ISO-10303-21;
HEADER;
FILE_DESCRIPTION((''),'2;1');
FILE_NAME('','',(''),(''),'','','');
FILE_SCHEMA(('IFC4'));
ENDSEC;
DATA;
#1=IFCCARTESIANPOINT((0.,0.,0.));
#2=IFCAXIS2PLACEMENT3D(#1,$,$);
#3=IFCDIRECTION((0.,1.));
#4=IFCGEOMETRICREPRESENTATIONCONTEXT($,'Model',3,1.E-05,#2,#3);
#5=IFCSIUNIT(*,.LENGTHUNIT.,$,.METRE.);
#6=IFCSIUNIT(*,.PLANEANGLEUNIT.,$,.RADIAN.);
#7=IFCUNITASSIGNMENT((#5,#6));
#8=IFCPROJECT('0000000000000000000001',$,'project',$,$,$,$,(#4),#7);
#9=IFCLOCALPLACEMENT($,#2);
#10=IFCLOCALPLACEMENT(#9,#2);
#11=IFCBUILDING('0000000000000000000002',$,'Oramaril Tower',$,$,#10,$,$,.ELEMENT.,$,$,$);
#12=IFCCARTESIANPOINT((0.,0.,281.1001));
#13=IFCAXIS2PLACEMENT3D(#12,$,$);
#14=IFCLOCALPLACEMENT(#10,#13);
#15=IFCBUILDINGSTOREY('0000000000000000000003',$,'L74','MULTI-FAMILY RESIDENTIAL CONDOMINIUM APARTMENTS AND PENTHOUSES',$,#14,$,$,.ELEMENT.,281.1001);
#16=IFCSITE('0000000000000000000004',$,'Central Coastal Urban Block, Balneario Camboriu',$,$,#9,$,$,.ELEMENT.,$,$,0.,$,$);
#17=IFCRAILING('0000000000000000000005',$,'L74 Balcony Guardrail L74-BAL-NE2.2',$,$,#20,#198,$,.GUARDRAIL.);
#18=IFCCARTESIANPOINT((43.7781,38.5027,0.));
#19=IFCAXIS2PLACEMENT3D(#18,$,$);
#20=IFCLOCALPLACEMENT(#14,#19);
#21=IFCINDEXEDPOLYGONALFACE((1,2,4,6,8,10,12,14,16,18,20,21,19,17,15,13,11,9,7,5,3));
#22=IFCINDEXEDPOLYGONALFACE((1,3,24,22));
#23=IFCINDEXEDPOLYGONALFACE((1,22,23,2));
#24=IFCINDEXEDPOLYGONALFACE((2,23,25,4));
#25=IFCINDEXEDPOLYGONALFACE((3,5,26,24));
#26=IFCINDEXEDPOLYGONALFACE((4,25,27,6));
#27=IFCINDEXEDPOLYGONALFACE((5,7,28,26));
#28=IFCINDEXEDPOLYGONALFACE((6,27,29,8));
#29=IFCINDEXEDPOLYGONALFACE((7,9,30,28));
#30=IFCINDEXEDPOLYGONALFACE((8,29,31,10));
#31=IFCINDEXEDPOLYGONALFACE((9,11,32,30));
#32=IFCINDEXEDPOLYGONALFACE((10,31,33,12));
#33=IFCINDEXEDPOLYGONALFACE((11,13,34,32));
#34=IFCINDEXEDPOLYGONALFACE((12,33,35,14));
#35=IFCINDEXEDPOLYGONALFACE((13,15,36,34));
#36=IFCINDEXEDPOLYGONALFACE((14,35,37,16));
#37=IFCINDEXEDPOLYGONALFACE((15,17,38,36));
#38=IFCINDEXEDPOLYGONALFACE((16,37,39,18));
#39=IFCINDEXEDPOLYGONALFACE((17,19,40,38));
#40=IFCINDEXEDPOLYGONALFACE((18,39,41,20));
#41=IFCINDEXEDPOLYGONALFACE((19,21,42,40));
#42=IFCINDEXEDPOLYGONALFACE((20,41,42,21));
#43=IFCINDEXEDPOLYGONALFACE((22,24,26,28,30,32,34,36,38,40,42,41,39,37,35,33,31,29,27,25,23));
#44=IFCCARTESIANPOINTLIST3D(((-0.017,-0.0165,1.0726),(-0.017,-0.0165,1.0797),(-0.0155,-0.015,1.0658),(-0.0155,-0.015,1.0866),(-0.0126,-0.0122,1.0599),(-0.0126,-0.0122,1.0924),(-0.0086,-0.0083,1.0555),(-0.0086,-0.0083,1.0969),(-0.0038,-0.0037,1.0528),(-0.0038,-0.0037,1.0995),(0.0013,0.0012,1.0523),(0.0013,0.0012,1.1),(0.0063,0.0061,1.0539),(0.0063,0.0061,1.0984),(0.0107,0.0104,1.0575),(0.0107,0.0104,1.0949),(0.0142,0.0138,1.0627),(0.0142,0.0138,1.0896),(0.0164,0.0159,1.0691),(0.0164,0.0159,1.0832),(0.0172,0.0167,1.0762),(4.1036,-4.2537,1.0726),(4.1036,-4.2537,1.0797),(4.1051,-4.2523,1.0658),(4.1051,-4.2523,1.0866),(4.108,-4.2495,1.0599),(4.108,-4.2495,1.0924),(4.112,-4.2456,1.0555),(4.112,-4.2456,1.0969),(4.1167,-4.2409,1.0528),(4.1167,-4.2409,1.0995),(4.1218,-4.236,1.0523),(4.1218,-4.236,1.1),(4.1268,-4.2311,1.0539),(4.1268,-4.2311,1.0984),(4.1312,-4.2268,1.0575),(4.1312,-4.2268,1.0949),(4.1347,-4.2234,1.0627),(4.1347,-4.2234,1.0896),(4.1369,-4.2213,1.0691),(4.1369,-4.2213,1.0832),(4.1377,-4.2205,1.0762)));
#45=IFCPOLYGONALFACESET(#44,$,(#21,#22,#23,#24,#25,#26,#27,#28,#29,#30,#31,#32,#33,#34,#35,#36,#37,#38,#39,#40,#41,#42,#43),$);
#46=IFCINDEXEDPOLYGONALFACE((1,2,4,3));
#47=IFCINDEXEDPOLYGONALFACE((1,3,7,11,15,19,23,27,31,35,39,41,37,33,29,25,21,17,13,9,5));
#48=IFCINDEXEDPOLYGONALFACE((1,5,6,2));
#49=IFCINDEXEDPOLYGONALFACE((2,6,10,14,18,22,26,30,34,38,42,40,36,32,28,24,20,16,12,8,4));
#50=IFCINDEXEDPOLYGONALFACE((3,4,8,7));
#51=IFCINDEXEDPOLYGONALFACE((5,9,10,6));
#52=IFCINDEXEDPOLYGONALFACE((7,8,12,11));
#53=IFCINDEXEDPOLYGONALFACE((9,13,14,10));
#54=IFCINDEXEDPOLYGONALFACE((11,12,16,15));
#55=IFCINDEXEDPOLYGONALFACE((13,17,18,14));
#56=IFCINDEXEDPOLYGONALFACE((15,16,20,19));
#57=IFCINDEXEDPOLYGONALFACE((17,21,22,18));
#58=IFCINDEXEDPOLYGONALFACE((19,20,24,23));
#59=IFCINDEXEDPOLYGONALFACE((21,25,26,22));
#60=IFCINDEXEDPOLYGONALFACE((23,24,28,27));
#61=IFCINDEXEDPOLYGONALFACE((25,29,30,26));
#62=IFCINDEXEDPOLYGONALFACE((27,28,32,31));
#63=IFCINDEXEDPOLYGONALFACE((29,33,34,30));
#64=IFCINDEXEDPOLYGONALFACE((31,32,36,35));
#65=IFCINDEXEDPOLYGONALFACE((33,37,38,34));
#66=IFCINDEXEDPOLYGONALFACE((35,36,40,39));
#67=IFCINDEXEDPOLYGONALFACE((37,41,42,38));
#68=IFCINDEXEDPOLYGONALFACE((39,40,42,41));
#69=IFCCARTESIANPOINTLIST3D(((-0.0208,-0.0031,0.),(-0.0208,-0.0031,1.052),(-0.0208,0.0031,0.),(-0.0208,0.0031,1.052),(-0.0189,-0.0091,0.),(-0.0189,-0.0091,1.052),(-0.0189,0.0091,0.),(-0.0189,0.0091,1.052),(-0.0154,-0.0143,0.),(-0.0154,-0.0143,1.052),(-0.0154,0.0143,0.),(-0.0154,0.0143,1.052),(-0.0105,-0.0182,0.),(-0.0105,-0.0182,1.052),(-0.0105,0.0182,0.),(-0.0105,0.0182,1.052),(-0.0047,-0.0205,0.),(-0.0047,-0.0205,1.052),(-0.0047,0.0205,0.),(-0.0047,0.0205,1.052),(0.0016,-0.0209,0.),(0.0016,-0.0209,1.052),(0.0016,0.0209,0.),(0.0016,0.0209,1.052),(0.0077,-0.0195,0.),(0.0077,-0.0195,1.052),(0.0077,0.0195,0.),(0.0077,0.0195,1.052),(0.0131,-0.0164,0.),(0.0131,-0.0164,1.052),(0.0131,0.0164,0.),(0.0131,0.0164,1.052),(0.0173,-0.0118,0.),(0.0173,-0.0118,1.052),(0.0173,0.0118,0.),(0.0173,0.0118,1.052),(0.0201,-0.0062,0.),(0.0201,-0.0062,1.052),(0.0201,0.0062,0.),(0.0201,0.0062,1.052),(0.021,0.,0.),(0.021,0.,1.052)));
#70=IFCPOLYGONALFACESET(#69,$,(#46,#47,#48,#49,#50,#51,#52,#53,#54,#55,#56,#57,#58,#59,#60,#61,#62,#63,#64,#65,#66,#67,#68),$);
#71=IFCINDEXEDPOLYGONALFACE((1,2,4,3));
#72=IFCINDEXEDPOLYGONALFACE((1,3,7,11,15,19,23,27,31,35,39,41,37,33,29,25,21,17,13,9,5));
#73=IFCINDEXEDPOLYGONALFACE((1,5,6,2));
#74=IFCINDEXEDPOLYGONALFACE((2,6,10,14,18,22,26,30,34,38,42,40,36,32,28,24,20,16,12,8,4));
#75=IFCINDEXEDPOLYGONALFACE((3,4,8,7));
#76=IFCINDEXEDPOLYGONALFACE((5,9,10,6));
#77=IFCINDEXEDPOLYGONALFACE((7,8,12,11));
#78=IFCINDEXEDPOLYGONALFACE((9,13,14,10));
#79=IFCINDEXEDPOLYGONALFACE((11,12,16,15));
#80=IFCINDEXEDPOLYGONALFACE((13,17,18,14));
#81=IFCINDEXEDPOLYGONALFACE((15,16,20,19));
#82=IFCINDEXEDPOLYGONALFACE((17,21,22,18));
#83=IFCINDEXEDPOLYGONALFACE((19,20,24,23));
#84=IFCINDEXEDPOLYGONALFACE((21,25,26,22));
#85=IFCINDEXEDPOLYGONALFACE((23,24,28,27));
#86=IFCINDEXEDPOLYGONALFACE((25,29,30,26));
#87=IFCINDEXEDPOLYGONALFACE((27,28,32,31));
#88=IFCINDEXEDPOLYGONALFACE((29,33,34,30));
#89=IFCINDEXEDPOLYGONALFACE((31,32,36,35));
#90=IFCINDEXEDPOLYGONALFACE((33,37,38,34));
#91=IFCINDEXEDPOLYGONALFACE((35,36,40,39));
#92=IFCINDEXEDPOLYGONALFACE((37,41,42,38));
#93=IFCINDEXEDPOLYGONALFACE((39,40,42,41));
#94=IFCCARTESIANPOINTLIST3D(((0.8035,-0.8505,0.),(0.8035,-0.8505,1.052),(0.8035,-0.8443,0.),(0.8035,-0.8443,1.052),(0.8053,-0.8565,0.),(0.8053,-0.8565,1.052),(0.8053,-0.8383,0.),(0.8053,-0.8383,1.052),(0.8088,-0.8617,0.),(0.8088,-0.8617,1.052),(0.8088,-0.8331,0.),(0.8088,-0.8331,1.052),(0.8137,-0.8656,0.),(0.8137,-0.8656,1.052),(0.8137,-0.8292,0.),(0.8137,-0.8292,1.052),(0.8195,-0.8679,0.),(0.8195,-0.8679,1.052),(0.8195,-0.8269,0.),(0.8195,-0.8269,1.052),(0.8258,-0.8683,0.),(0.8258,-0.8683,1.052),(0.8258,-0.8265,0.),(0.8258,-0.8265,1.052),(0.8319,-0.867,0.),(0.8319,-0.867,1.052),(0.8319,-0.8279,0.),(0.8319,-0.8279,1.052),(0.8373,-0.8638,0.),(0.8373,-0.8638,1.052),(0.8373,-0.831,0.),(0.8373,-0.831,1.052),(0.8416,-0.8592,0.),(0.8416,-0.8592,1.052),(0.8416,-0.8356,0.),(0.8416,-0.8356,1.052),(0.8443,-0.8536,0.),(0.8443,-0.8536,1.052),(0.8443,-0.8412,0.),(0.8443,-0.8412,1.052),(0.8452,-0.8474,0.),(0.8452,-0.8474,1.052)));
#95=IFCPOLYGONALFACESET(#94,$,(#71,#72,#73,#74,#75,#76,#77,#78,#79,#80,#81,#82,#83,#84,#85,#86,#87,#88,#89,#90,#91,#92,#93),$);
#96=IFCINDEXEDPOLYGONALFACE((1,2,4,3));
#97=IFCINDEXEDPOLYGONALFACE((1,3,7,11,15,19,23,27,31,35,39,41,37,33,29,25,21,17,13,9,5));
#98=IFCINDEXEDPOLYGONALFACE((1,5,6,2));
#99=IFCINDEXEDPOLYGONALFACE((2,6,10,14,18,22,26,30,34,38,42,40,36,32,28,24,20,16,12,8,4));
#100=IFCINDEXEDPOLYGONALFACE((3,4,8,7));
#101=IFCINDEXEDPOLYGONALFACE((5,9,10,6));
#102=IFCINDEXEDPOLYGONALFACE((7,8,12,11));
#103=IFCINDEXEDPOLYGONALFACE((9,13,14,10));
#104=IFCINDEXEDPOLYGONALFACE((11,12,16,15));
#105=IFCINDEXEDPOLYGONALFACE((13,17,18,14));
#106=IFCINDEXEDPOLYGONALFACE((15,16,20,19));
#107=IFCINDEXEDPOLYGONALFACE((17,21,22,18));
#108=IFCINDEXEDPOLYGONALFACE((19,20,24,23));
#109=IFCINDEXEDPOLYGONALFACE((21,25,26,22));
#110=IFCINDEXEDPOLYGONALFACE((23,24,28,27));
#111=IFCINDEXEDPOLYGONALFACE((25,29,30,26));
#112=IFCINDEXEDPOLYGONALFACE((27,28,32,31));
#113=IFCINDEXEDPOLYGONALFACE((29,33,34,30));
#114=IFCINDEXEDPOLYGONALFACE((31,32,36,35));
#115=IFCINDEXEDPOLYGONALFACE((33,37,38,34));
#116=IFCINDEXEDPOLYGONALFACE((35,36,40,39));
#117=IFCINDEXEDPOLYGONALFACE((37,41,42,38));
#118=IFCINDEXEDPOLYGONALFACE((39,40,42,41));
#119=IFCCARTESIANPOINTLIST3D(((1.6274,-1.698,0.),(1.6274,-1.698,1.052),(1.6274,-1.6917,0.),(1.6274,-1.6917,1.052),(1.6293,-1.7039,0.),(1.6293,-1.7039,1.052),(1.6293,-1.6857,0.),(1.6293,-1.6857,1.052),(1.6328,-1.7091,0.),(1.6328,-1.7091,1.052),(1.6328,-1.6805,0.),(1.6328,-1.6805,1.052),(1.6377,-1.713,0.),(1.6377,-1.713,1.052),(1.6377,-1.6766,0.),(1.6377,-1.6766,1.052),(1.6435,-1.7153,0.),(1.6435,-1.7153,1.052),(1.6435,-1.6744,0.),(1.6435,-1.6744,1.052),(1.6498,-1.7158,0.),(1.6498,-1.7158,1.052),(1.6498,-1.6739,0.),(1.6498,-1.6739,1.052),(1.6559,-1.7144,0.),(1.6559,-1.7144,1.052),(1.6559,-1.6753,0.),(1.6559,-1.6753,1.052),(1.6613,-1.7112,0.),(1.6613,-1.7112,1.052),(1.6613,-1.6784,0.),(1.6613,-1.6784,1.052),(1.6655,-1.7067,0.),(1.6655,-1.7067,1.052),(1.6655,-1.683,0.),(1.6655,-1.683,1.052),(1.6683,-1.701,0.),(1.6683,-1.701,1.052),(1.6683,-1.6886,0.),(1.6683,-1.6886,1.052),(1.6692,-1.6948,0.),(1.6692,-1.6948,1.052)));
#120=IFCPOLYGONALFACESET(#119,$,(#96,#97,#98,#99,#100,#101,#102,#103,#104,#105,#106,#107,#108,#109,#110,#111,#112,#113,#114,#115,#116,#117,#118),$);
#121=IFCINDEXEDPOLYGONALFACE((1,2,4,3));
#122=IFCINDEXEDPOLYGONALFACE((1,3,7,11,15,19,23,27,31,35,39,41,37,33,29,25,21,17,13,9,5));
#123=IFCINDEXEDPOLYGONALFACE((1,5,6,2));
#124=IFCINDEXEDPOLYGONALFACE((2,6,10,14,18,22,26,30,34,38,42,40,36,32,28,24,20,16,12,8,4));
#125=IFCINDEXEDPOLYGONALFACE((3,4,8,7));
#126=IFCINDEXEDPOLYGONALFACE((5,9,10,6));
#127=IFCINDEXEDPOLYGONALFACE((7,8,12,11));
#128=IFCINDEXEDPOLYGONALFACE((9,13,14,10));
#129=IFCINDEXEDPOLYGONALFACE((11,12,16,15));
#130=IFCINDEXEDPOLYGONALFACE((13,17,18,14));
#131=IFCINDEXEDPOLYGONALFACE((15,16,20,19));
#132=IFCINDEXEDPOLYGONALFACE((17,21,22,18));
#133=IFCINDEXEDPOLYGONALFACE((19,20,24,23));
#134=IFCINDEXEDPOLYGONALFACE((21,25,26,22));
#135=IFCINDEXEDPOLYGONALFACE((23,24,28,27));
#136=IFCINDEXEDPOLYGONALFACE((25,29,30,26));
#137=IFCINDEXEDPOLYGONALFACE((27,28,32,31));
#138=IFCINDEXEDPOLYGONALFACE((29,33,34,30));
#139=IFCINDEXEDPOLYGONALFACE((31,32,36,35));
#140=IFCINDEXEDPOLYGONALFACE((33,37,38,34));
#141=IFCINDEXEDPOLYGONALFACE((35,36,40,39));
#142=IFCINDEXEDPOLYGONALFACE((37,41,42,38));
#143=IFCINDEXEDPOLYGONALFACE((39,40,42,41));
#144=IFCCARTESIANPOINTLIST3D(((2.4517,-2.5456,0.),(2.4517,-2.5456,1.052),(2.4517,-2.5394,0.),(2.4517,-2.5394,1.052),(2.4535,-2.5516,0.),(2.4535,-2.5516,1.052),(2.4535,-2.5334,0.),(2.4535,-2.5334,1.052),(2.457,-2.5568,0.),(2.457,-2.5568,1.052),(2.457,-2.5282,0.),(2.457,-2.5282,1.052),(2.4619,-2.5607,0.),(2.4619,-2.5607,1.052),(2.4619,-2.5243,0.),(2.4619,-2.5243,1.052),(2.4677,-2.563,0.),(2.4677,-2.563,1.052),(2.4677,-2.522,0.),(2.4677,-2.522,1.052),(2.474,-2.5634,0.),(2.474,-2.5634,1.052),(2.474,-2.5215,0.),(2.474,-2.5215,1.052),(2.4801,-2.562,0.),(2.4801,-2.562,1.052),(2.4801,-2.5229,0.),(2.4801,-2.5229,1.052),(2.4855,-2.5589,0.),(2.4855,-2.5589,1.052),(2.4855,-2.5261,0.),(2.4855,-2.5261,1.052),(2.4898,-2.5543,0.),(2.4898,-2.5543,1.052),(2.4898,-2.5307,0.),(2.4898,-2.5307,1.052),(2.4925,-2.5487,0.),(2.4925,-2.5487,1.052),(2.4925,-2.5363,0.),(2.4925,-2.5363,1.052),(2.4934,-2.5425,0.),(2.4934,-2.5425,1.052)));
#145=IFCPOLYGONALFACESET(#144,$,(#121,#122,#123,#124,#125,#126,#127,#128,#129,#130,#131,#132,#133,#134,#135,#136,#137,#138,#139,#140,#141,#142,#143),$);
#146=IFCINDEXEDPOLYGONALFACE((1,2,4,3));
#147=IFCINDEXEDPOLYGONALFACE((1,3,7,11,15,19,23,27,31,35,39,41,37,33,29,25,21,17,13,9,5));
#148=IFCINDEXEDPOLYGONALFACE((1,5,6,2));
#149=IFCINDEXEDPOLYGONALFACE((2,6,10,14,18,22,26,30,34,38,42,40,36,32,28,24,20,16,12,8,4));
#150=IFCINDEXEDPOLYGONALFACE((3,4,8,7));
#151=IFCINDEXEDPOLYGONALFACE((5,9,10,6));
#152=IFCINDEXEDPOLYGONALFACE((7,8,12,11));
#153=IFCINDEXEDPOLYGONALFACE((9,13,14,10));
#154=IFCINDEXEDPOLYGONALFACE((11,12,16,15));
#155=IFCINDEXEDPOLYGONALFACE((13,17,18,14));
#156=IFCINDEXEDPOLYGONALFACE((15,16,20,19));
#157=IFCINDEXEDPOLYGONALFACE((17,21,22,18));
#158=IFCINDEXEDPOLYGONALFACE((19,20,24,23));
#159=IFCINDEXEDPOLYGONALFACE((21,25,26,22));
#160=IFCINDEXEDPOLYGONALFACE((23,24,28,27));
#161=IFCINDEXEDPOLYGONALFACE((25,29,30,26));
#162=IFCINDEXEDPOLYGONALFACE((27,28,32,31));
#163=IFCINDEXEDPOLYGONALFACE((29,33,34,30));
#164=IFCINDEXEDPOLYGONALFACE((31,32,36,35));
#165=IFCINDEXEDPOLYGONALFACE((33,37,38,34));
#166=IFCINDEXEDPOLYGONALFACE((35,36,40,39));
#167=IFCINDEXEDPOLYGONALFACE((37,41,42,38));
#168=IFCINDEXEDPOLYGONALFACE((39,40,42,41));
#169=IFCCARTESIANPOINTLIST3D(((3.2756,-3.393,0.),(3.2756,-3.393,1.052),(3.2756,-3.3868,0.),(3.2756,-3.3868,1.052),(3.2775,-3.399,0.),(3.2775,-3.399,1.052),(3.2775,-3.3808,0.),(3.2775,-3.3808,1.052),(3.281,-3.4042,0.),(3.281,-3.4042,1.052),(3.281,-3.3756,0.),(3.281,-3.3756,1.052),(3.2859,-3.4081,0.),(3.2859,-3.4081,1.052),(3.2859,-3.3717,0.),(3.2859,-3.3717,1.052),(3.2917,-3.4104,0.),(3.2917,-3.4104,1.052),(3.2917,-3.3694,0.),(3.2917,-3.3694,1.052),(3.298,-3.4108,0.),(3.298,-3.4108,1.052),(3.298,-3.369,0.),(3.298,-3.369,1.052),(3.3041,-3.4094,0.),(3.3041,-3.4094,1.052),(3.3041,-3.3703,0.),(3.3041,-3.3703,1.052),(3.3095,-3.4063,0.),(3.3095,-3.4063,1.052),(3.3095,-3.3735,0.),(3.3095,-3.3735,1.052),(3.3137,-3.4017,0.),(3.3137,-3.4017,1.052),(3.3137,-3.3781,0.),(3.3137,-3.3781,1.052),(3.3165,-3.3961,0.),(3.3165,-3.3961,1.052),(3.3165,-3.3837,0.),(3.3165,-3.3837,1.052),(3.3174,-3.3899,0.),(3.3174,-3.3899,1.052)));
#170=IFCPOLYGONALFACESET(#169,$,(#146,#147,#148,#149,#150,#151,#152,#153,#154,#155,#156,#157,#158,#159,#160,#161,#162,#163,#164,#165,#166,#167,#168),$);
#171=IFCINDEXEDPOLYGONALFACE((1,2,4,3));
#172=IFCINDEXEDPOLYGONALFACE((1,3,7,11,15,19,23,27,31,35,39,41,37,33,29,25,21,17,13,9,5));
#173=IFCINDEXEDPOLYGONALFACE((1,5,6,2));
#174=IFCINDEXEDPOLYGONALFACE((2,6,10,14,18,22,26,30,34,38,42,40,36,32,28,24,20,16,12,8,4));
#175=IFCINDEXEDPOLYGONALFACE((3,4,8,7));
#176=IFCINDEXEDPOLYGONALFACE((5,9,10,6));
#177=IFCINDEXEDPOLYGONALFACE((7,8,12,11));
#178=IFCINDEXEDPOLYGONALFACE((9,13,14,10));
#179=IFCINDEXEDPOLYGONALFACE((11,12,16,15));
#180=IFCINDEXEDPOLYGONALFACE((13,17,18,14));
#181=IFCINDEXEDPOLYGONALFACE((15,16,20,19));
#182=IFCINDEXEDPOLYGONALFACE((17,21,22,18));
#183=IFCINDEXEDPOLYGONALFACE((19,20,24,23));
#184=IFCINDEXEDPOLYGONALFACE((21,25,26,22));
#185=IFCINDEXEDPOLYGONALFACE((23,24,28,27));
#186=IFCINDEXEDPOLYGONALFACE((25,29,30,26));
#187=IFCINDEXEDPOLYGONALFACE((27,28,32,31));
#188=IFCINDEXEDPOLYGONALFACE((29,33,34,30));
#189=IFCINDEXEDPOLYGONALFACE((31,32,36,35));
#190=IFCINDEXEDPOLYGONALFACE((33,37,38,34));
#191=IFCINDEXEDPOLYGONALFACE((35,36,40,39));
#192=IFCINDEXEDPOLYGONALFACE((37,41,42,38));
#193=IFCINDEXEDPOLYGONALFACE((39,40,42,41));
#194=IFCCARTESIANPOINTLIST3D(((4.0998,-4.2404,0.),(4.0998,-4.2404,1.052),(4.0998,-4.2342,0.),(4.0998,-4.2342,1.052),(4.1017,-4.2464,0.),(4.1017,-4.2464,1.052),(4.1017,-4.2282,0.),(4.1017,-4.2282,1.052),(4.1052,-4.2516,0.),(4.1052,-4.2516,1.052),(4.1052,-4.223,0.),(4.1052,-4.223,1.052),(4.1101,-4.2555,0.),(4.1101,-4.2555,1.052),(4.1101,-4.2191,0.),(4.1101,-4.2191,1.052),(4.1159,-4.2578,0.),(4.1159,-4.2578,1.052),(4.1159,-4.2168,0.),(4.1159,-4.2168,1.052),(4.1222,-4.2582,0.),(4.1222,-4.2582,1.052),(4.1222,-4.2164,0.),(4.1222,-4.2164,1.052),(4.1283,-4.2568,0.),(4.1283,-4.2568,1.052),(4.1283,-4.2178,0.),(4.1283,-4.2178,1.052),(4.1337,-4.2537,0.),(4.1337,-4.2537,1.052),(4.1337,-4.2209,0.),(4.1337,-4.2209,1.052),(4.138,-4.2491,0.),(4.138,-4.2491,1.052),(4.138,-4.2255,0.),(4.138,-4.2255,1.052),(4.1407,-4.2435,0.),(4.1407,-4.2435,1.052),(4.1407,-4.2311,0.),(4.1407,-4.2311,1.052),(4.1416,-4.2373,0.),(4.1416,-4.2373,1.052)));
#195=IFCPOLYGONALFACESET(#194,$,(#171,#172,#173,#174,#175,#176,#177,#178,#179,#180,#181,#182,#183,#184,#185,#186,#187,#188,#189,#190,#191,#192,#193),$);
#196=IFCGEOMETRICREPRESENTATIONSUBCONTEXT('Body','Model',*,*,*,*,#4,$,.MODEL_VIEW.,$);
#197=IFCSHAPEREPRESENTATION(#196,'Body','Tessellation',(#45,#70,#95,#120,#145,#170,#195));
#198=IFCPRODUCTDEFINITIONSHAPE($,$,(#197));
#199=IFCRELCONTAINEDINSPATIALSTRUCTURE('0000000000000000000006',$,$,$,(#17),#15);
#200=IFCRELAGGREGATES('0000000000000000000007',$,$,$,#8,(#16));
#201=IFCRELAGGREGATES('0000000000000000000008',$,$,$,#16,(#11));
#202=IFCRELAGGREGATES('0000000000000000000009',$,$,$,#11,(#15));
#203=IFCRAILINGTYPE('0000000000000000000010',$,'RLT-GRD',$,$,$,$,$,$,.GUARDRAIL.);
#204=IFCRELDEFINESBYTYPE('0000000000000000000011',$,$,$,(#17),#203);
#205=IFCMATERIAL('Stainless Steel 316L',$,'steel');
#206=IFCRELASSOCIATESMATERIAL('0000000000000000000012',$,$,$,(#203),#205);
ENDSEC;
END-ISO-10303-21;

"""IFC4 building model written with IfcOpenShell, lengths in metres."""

from ifc_helpers import new_model, si_unit, direction, frame, origin, origin_2d, place, context, subcontext, project, spatial, circle, extrude, material, type_object, element, save


model = new_model("IFC4")

# Units and contexts
model_context = context("Model", 3, precision=1e-05, world=origin(), true_north=direction((0.0, 1.0)))
body_context = subcontext(model_context, "Body", "Model", "MODEL_VIEW")
ifc_project = project(units=[si_unit("LENGTHUNIT", "METRE"), si_unit("PLANEANGLEUNIT", "RADIAN")], contexts=[model_context])

# Site, building, storey
site_placement = place(None, origin())
site = spatial("IfcSite", under=ifc_project, at=site_placement, Name="Central Coastal Urban Block, Balneario Camboriu", CompositionType="ELEMENT", RefElevation=0.0)
building_placement = place(site_placement, origin())
building = spatial("IfcBuilding", under=site, at=building_placement, Name="Oramaril Tower", CompositionType="ELEMENT")
storey_placement = place(building_placement, frame((0.0, 0.0, 281.1001)))
storey = spatial("IfcBuildingStorey", under=building, at=storey_placement, Name="L74", Description="MULTI-FAMILY RESIDENTIAL CONDOMINIUM APARTMENTS AND PENTHOUSES", CompositionType="ELEMENT", Elevation=281.1001)

# Railing
ifc_material_1 = material(Name="Stainless Steel 316L", Category="steel")
railing_type = type_object("IfcRailingType", Name="RLT-GRD", PredefinedType="GUARDRAIL", material=ifc_material_1)
railing_1_placement = place(storey_placement, frame((43.7781, 38.5027, 0.0)))
element("IfcRailing", 1, at=railing_1_placement, inside=storey, type_object=railing_type, Name="L74 Balcony Guardrail L74-BAL-NE2.2", PredefinedType="GUARDRAIL", context=body_context, shape_type="SweptSolid", body=[
    extrude(circle(Radius=0.0239, at=origin_2d()), frame((0.0, 0.0, 1.0762), z_axis=(0.697166, -0.71691, 0.0), x_axis=(0.71691, 0.697166, 0.0)), (0.0, 0.0, 1.0), 5.9104),
    extrude(circle(Radius=0.021, at=origin_2d()), origin(), (0.0, 0.0, 1.0), 1.052),
    extrude(circle(Radius=0.021, at=origin_2d()), frame((0.8242, -0.8474, 0.0)), (0.0, 0.0, 1.0), 1.052),
    extrude(circle(Radius=0.021, at=origin_2d()), frame((1.6482, -1.6948, 0.0)), (0.0, 0.0, 1.0), 1.052),
    extrude(circle(Radius=0.021, at=origin_2d()), frame((2.4724, -2.5425, 0.0)), (0.0, 0.0, 1.0), 1.052),
    extrude(circle(Radius=0.021, at=origin_2d()), frame((3.2964, -3.3899, 0.0)), (0.0, 0.0, 1.0), 1.052),
    extrude(circle(Radius=0.021, at=origin_2d()), frame((4.1206, -4.2373, 0.0)), (0.0, 0.0, 1.0), 1.052),
])

save(model, "model.ifc")
